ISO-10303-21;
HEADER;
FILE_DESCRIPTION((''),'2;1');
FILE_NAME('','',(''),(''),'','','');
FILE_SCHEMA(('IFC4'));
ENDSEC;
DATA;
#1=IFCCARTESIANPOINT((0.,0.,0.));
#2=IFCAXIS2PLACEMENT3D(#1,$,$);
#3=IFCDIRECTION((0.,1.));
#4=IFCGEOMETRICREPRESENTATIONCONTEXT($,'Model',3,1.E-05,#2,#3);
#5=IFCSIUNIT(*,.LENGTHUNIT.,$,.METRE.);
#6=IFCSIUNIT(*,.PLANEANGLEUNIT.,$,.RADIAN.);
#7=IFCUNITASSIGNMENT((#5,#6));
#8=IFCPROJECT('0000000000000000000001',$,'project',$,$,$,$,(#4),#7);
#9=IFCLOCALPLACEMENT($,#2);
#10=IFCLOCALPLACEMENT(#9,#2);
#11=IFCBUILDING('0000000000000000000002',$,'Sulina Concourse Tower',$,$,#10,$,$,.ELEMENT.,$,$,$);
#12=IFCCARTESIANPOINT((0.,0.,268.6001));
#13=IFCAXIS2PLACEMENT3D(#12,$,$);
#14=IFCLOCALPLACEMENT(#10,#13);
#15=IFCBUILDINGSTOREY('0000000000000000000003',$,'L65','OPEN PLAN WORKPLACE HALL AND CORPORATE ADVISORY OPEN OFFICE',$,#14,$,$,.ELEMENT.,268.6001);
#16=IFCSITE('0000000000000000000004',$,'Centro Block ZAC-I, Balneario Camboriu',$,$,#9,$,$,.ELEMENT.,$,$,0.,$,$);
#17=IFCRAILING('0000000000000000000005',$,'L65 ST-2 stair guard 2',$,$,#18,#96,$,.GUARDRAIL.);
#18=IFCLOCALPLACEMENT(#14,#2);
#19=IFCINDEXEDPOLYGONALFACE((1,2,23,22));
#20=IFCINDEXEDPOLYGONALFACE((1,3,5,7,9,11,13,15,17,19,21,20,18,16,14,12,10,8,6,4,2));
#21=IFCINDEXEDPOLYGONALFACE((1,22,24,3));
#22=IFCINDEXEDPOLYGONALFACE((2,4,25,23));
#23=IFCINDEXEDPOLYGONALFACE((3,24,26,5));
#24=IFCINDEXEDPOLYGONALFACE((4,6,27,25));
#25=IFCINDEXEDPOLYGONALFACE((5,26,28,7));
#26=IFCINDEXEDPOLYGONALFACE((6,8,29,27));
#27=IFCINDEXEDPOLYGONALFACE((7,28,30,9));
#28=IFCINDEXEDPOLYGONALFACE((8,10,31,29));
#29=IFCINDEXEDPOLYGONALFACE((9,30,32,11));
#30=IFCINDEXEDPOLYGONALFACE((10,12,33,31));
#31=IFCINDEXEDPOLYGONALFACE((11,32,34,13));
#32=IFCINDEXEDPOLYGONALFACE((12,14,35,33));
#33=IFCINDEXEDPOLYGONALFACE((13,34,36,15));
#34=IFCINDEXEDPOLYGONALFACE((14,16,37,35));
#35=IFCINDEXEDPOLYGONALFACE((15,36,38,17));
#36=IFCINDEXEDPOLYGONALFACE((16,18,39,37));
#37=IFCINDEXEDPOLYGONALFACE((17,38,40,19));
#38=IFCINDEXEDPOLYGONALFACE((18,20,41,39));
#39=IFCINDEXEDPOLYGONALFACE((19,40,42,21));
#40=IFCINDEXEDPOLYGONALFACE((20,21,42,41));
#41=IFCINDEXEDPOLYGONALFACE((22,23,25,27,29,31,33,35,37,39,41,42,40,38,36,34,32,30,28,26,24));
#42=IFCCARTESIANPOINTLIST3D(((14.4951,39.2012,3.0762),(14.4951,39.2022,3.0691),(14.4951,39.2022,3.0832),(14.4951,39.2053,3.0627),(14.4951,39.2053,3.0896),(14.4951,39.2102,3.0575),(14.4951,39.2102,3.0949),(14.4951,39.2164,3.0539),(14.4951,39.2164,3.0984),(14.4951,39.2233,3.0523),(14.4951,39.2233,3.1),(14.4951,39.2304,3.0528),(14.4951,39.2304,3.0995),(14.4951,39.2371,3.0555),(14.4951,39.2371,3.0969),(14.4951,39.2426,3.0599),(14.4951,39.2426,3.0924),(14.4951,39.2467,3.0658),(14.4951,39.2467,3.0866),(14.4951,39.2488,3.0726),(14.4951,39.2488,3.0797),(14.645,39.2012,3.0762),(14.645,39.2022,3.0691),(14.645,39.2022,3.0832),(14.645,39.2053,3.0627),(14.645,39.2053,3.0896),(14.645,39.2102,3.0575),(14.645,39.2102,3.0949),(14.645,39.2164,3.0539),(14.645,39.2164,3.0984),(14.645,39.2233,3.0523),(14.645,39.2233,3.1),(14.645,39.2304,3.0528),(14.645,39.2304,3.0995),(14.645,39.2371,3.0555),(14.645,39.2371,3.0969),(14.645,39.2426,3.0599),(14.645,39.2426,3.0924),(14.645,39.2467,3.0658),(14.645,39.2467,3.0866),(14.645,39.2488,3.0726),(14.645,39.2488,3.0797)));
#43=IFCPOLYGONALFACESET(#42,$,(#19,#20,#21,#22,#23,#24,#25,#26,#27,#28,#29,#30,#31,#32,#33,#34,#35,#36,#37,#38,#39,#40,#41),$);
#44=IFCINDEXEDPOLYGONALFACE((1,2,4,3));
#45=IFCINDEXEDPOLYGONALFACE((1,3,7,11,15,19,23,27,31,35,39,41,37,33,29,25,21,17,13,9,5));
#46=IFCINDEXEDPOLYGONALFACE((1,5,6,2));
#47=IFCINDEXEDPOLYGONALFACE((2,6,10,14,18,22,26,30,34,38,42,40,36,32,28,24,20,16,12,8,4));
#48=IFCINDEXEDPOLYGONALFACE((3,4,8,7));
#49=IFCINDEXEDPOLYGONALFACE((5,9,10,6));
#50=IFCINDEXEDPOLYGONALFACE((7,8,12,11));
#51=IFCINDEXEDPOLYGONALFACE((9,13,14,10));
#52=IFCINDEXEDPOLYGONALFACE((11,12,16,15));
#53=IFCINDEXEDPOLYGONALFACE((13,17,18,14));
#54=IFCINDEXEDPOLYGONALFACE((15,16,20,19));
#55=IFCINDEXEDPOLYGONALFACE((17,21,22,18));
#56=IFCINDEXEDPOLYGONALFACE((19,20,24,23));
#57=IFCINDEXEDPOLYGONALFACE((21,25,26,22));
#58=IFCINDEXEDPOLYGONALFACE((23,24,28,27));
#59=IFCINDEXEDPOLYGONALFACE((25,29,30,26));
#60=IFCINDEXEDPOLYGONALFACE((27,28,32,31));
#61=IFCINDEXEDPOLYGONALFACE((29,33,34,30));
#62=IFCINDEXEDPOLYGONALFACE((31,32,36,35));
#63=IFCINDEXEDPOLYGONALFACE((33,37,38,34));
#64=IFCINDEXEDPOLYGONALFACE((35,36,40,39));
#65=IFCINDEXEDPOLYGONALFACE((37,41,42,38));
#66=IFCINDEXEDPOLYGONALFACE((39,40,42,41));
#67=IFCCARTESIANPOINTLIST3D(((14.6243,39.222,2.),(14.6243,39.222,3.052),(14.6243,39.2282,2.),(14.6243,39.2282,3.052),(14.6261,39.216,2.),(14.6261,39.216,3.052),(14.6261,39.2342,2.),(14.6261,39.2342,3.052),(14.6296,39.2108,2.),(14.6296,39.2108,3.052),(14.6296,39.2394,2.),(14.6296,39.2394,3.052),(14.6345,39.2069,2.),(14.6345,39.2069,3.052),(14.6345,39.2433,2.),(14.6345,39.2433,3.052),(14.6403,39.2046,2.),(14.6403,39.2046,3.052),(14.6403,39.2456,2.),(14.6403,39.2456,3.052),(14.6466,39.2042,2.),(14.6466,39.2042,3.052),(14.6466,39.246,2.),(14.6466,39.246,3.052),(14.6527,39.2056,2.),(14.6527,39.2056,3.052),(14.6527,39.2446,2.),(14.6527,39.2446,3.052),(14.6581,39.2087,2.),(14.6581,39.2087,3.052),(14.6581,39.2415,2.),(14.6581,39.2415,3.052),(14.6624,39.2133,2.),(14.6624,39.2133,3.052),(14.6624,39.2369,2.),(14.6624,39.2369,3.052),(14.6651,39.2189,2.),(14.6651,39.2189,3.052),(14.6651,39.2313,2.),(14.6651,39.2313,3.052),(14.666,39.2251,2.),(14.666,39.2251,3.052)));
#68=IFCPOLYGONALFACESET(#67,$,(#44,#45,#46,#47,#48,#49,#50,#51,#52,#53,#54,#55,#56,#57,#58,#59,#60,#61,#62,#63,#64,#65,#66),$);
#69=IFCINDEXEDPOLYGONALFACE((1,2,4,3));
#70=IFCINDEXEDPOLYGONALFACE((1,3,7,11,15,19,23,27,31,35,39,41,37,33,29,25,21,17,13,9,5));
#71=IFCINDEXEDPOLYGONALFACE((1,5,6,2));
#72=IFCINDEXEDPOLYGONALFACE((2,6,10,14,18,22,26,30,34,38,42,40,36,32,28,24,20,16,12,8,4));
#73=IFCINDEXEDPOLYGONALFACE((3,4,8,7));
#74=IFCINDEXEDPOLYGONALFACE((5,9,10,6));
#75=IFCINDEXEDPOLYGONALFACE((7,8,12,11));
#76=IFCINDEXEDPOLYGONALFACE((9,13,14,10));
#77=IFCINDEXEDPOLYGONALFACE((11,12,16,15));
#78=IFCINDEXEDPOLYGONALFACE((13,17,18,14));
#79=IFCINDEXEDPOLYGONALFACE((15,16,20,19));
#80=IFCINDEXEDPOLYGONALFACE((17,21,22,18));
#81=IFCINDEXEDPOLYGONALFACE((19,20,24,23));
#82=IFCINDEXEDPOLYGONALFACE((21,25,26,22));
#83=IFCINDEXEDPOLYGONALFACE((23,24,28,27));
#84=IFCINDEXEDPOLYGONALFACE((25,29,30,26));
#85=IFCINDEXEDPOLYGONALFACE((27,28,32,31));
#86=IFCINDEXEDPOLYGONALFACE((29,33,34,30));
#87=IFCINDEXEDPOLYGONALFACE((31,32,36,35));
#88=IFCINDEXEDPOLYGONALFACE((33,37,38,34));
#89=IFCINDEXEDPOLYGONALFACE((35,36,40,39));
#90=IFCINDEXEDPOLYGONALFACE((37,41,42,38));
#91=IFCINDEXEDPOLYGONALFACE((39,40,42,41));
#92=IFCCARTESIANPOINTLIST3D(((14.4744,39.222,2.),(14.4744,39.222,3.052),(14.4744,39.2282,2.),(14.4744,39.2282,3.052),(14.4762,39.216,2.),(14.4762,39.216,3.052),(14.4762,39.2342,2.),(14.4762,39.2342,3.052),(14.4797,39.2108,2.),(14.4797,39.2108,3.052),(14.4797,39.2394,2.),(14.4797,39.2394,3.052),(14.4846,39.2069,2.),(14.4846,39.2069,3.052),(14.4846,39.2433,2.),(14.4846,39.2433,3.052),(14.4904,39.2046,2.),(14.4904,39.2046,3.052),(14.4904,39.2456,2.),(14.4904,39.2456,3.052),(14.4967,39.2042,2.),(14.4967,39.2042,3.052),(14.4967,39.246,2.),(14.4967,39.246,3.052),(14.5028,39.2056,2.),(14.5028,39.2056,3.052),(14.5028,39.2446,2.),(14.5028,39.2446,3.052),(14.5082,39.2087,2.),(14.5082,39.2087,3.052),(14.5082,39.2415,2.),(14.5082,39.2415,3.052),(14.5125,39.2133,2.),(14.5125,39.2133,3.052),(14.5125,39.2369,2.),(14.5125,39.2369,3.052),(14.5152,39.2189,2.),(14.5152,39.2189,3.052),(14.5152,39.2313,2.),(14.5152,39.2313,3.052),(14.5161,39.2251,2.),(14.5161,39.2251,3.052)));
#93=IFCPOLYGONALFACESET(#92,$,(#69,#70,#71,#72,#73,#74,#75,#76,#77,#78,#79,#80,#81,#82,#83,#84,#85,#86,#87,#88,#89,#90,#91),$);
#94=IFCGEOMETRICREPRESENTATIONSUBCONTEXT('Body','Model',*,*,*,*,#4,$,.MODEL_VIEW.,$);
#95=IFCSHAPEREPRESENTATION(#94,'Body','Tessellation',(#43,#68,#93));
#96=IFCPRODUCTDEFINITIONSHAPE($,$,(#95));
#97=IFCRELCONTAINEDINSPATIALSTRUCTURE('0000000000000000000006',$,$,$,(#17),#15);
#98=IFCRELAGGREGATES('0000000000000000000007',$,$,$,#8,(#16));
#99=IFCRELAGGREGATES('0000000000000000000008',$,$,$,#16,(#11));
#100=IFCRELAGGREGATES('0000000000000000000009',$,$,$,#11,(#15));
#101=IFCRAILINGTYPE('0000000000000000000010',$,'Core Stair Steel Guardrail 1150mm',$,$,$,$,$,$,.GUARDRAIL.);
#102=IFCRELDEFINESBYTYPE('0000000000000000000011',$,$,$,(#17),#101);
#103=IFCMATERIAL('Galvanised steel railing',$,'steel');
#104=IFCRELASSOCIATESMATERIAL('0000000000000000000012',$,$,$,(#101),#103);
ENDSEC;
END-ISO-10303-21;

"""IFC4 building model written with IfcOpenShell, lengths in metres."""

from ifc_helpers import new_model, si_unit, direction, frame, origin, origin_2d, place, context, subcontext, project, spatial, circle, extrude, material, type_object, element, save


model = new_model("IFC4")

# Units and contexts
model_context = context("Model", 3, precision=1e-05, world=origin(), true_north=direction((0.0, 1.0)))
body_context = subcontext(model_context, "Body", "Model", "MODEL_VIEW")
ifc_project = project(units=[si_unit("LENGTHUNIT", "METRE"), si_unit("PLANEANGLEUNIT", "RADIAN")], contexts=[model_context])

# Site, building, storey
site_placement = place(None, origin())
site = spatial("IfcSite", under=ifc_project, at=site_placement, Name="Centro Block ZAC-I, Balneario Camboriu", CompositionType="ELEMENT", RefElevation=0.0)
building_placement = place(site_placement, origin())
building = spatial("IfcBuilding", under=site, at=building_placement, Name="Sulina Concourse Tower", CompositionType="ELEMENT")
storey_placement = place(building_placement, frame((0.0, 0.0, 268.6001)))
storey = spatial("IfcBuildingStorey", under=building, at=storey_placement, Name="L65", Description="OPEN PLAN WORKPLACE HALL AND CORPORATE ADVISORY OPEN OFFICE", CompositionType="ELEMENT", Elevation=268.6001)

# Railing
ifc_material_1 = material(Name="Galvanised steel railing", Category="steel")
railing_type_1 = type_object("IfcRailingType", Name="Core Stair Steel Guardrail 1150mm", PredefinedType="GUARDRAIL", material=ifc_material_1)
railing_1_placement = place(storey_placement, frame((14.645, 39.2251, 2.0)))
element("IfcRailing", 1, at=railing_1_placement, inside=storey, type_object=railing_type_1, Name="L65 ST-2 stair guard 2", PredefinedType="GUARDRAIL", context=body_context, shape_type="SweptSolid", body=[
    extrude(circle(Radius=0.0239, at=origin_2d()), frame((0.0, 0.0, 1.0762), z_axis=(-1.0, 0.0, 0.0), x_axis=(0.0, -1.0, 0.0)), (0.0, 0.0, 1.0), 0.1499),
    extrude(circle(Radius=0.021, at=origin_2d()), origin(), (0.0, 0.0, 1.0), 1.052),
    extrude(circle(Radius=0.021, at=origin_2d()), frame((-0.1499, 0.0, 0.0)), (0.0, 0.0, 1.0), 1.052),
])

save(model, "model.ifc")
